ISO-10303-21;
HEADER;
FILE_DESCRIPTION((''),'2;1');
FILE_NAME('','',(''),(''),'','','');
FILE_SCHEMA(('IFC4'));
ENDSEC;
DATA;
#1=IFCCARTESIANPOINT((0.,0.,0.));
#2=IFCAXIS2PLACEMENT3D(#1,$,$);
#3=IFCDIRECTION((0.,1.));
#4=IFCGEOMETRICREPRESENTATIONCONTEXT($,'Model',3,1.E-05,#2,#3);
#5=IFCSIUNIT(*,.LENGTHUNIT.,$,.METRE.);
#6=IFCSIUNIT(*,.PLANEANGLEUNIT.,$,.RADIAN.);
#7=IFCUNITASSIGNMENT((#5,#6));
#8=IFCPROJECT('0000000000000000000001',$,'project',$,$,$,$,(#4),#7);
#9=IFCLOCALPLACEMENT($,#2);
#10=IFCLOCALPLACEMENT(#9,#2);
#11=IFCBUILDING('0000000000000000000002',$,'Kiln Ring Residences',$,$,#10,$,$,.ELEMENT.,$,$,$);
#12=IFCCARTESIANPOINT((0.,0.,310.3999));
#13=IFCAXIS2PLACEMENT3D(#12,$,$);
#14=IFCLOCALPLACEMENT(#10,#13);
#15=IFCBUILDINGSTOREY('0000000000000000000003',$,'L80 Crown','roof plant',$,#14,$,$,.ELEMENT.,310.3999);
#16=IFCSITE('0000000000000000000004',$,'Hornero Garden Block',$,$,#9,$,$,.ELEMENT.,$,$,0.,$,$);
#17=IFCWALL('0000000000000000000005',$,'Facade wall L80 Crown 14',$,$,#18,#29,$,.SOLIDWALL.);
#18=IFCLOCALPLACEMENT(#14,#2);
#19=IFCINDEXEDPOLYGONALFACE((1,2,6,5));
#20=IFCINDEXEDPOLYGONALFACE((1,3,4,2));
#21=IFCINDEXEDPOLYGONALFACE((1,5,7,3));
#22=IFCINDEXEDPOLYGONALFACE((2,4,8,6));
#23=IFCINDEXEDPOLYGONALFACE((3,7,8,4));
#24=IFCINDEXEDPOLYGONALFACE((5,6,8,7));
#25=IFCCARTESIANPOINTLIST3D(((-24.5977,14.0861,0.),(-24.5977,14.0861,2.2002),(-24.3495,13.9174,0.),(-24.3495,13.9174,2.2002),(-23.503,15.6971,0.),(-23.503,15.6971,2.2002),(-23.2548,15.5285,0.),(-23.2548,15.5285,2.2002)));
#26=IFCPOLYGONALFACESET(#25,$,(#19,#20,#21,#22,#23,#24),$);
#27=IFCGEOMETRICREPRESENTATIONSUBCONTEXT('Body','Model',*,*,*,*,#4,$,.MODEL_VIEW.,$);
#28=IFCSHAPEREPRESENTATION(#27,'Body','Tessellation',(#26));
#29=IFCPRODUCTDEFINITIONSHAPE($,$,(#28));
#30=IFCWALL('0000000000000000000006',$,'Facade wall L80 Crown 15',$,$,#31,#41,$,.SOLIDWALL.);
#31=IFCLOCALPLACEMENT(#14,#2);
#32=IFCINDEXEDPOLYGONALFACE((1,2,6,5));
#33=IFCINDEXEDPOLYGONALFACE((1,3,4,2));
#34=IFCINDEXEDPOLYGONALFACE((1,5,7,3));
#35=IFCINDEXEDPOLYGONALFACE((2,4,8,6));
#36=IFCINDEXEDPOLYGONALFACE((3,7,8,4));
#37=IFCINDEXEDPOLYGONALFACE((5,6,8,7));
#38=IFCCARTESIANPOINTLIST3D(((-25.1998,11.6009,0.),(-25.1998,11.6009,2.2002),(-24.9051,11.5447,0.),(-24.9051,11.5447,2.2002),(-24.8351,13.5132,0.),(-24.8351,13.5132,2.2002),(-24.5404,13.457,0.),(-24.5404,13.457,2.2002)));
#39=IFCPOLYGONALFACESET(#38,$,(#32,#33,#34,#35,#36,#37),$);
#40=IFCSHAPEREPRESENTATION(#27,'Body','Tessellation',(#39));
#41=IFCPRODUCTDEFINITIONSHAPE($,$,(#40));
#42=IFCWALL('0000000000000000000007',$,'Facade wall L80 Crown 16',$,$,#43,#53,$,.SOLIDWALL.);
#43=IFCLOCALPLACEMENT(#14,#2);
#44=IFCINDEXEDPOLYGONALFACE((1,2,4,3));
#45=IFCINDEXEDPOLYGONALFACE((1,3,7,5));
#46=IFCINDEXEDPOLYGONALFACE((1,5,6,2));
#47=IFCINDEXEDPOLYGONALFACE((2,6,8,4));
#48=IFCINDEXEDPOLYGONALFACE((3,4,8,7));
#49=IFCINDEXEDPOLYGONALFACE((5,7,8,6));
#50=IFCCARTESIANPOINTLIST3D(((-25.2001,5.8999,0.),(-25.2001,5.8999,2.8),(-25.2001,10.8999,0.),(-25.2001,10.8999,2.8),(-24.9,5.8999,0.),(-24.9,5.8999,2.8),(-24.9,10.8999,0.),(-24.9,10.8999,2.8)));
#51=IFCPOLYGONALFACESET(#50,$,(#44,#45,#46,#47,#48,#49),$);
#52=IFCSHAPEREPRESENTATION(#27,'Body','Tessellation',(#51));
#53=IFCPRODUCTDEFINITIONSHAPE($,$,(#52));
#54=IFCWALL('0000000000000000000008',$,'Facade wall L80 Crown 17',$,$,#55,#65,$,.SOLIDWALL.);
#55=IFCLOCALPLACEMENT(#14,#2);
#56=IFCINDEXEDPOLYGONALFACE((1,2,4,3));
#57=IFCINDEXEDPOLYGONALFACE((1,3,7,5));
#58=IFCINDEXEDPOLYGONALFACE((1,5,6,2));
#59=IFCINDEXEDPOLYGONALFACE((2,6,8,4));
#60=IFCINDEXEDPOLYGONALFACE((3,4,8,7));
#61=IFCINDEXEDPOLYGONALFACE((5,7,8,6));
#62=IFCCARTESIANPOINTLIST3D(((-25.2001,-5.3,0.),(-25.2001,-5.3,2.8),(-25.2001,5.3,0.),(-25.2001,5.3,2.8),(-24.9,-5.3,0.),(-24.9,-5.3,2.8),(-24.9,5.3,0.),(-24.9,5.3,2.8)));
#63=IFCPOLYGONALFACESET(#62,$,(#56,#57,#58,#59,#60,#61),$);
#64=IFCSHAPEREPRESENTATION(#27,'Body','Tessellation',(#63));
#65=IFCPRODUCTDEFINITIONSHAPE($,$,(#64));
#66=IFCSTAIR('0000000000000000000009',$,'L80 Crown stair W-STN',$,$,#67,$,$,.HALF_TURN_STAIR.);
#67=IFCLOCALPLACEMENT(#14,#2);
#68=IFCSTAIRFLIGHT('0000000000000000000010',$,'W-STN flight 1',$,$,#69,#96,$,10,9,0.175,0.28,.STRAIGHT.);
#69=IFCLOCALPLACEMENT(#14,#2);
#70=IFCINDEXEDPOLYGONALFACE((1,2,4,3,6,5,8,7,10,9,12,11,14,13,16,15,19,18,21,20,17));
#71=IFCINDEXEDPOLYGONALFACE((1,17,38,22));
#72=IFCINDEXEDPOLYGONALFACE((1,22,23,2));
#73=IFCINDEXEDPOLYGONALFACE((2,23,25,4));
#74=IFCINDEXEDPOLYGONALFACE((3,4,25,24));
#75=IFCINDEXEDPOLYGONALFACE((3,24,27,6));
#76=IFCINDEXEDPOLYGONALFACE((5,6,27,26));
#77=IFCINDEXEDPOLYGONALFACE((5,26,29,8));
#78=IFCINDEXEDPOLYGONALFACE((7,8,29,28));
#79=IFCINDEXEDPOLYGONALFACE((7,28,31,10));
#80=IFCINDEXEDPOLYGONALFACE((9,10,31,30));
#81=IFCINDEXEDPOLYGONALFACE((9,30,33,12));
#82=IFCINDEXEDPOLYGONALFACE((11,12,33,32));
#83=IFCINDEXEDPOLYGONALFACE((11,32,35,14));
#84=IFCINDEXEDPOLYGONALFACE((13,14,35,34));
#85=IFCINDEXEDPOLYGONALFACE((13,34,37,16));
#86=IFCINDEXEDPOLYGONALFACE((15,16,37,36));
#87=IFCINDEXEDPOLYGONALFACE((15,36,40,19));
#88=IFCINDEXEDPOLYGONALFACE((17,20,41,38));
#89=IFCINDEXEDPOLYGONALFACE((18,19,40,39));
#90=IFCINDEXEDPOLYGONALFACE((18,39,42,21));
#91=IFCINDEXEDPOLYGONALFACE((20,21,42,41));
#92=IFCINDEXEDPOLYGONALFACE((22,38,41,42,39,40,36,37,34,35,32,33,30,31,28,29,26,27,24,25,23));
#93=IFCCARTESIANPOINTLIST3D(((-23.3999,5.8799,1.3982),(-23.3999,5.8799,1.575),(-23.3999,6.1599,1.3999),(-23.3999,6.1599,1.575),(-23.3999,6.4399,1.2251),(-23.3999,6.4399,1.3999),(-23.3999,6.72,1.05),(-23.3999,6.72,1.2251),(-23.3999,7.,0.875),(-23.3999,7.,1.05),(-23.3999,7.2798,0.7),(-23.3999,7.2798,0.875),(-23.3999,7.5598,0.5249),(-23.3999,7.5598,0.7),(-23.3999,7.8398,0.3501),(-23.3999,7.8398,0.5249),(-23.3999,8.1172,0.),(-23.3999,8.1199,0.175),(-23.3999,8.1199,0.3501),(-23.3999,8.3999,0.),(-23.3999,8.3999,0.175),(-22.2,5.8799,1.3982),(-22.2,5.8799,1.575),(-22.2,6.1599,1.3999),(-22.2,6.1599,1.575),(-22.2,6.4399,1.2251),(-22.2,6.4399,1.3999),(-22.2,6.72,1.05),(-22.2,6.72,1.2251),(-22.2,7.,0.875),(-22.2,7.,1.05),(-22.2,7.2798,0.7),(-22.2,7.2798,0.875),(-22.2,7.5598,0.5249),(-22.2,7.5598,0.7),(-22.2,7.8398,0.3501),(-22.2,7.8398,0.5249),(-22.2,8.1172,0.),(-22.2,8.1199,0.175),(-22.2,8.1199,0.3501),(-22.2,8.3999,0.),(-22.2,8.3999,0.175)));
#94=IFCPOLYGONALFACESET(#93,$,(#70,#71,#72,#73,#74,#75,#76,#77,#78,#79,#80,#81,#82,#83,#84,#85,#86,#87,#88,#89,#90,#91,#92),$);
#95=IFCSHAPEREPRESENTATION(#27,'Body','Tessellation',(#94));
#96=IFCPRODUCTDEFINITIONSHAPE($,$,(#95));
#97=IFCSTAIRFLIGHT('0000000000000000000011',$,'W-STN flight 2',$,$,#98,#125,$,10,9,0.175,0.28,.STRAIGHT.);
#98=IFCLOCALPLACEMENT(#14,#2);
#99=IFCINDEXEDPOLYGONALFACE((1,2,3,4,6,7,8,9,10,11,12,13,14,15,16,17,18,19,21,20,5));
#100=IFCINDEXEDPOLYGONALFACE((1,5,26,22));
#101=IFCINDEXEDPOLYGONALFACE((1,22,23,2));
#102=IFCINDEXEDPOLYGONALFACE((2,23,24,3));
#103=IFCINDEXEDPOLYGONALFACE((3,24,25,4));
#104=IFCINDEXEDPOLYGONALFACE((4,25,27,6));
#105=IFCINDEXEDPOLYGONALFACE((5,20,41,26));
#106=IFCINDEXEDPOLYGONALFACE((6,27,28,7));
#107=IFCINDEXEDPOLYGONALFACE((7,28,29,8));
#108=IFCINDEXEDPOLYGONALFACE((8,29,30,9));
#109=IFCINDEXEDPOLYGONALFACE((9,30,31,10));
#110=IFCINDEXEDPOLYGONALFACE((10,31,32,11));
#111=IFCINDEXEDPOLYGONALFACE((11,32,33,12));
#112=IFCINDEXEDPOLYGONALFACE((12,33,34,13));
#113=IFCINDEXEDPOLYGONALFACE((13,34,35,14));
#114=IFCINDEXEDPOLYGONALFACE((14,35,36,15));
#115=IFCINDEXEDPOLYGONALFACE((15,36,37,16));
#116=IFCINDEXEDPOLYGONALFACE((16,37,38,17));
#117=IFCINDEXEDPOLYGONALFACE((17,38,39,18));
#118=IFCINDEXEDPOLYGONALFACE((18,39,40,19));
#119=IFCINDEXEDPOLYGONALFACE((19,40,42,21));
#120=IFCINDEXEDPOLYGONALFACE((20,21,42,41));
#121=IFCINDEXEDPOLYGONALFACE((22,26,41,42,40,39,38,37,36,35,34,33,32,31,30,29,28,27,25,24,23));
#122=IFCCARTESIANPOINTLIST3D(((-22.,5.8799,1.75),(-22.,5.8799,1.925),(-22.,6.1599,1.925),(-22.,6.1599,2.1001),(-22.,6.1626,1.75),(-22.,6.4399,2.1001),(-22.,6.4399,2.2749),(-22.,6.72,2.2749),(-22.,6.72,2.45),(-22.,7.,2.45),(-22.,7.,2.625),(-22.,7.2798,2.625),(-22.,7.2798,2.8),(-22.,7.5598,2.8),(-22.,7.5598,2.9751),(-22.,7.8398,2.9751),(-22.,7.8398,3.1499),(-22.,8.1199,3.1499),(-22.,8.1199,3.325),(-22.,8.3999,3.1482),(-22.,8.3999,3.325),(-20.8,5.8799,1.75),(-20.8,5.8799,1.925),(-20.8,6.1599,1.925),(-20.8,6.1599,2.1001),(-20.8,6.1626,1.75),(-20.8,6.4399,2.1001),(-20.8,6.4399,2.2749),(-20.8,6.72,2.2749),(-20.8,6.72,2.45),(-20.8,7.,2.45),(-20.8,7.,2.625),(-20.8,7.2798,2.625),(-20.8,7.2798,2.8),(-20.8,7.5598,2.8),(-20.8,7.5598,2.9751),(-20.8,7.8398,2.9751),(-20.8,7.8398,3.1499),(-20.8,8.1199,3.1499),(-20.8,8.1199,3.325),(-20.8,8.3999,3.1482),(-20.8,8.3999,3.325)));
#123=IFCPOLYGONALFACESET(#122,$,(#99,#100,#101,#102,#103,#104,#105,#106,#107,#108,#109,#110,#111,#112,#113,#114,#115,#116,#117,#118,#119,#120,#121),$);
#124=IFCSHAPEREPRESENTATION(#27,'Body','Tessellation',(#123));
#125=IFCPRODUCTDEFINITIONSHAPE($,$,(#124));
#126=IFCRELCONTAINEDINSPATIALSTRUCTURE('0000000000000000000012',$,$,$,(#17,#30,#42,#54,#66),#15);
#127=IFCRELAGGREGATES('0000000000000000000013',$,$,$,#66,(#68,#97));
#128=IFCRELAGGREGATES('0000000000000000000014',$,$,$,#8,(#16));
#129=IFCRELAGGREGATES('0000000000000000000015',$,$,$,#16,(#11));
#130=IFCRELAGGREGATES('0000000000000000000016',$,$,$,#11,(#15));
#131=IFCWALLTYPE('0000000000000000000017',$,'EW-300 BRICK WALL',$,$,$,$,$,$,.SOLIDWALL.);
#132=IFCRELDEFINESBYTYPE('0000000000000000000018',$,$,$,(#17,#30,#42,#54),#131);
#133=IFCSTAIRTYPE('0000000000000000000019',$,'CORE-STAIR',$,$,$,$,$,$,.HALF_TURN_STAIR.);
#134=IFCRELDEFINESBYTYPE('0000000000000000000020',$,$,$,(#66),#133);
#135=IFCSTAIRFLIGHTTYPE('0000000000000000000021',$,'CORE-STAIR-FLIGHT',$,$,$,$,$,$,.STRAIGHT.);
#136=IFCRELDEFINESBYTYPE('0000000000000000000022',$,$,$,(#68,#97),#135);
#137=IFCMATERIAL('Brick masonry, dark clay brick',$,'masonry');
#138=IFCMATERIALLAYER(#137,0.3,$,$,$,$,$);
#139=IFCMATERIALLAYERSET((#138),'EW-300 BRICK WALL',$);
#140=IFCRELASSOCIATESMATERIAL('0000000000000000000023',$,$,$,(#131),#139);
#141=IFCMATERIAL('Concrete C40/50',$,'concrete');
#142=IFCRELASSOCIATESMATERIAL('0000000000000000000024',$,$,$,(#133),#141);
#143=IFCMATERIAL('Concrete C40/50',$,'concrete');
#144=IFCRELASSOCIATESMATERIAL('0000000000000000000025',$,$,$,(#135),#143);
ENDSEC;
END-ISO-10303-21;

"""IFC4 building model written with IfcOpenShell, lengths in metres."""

from ifc_helpers import new_model, si_unit, direction, frame, frame_2d, origin, place, context, subcontext, project, spatial, polyline, rectangle, outline, extrude, material, layer, layer_set, type_object, element, aggregate, save


model = new_model("IFC4")

# Units and contexts
model_context = context("Model", 3, precision=1e-05, world=origin(), true_north=direction((0.0, 1.0)))
body_context = subcontext(model_context, "Body", "Model", "MODEL_VIEW")
ifc_project = project(units=[si_unit("LENGTHUNIT", "METRE"), si_unit("PLANEANGLEUNIT", "RADIAN")], contexts=[model_context])

# Site, building, storey
site_placement = place(None, origin())
site = spatial("IfcSite", under=ifc_project, at=site_placement, Name="Hornero Garden Block", CompositionType="ELEMENT", RefElevation=0.0)
building_placement = place(site_placement, origin())
building = spatial("IfcBuilding", under=site, at=building_placement, Name="Kiln Ring Residences", CompositionType="ELEMENT")
storey_placement = place(building_placement, frame((0.0, 0.0, 310.3999)))
storey = spatial("IfcBuildingStorey", under=building, at=storey_placement, Name="L80 Crown", Description="roof plant", CompositionType="ELEMENT", Elevation=310.3999)

# Walls
ifc_material_1 = material(Name="Brick masonry, dark clay brick", Category="masonry")
ifc_layer_1 = layer(ifc_material_1, 0.3)
ifc_layer_set_1 = layer_set([ifc_layer_1], Name="EW-300 BRICK WALL")
wall_type_1 = type_object("IfcWallType", Name="EW-300 BRICK WALL", PredefinedType="SOLIDWALL", material=ifc_layer_set_1)
wall_1_placement = place(storey_placement, frame((-23.3789, 15.6128, 0.0), z_axis=(0.0, 0.0, 1.0), x_axis=(-0.562025, -0.82712, 0.0)))
element("IfcWall", 1, at=wall_1_placement, inside=storey, type_object=wall_type_1, Name="Facade wall L80 Crown 14", PredefinedType="SOLIDWALL", context=body_context, shape_type="SweptSolid", body=[
    extrude(rectangle(XDim=1.9478, YDim=0.3, at=frame_2d((0.9739, 0.0))), origin(), (0.0, 0.0, 1.0), 2.2002),
])
wall_2_placement = place(storey_placement, frame((-24.6877, 13.4851, 0.0), z_axis=(0.0, 0.0, 1.0), x_axis=(-0.187354, -0.982292, 0.0)))
element("IfcWall", 2, at=wall_2_placement, inside=storey, type_object=wall_type_1, Name="Facade wall L80 Crown 15", PredefinedType="SOLIDWALL", context=body_context, shape_type="SweptSolid", body=[
    extrude(rectangle(XDim=1.9468, YDim=0.3, at=frame_2d((0.9734, 0.0))), origin(), (0.0, 0.0, 1.0), 2.2002),
])
wall_3_placement = place(storey_placement, frame((-25.05, 10.8999, 0.0), z_axis=(0.0, 0.0, 1.0), x_axis=(0.0, -1.0, 0.0)))
element("IfcWall", 3, at=wall_3_placement, inside=storey, type_object=wall_type_1, Name="Facade wall L80 Crown 16", PredefinedType="SOLIDWALL", context=body_context, shape_type="SweptSolid", body=[
    extrude(rectangle(XDim=5.0, YDim=0.3, at=frame_2d((2.5, 0.0))), origin(), (0.0, 0.0, 1.0), 2.8),
])
wall_4_placement = place(storey_placement, frame((-25.05, 5.3, 0.0), z_axis=(0.0, 0.0, 1.0), x_axis=(0.0, -1.0, 0.0)))
element("IfcWall", 4, at=wall_4_placement, inside=storey, type_object=wall_type_1, Name="Facade wall L80 Crown 17", PredefinedType="SOLIDWALL", context=body_context, shape_type="SweptSolid", body=[
    extrude(rectangle(XDim=10.6001, YDim=0.3, at=frame_2d((5.3, 0.0))), origin(), (0.0, 0.0, 1.0), 2.8),
])

# Stair, stair flights
ifc_material_2 = material(Name="Concrete C40/50", Category="concrete")
stair_type = type_object("IfcStairType", Name="CORE-STAIR", PredefinedType="HALF_TURN_STAIR", material=ifc_material_2)
stair_placement = place(storey_placement, origin())
stair = element("IfcStair", 5, at=stair_placement, inside=storey, type_object=stair_type, Name="L80 Crown stair W-STN", PredefinedType="HALF_TURN_STAIR")
ifc_material_3 = material(Name="Concrete C40/50", Category="concrete")
stair_flight_type = type_object("IfcStairFlightType", Name="CORE-STAIR-FLIGHT", PredefinedType="STRAIGHT", material=ifc_material_3)
stair_flight_1_placement = place(storey_placement, frame((-22.8, 8.3999, 0.0), z_axis=(0.0, 0.0, 1.0), x_axis=(0.0, -1.0, 0.0)))
stair_flight_1 = element("IfcStairFlight", 6, at=stair_flight_1_placement, type_object=stair_flight_type, Name="W-STN flight 1", NumberOfRisers=10, NumberOfTreads=9, PredefinedType="STRAIGHT", RiserHeight=0.175, TreadLength=0.28, context=body_context, shape_type="SweptSolid", body=[
    extrude(outline(polyline([(0.0, 0.0), (0.0, 0.175), (0.28, 0.175), (0.28, 0.3501), (0.5601, 0.3501), (0.5601, 0.5249), (0.8401, 0.5249), (0.8401, 0.7), (1.1201, 0.7), (1.1201, 0.875), (1.3999, 0.875), (1.3999, 1.05), (1.6799, 1.05), (1.6799, 1.2251), (1.96, 1.2251), (1.96, 1.3999), (2.24, 1.3999), (2.24, 1.575), (2.52, 1.575), (2.52, 1.75), (2.52, 1.3982), (0.2827, 0.0), (0.0, 0.0)])), frame((0.0, 0.6001, 0.0), z_axis=(0.0, -1.0, 0.0), x_axis=(1.0, 0.0, 0.0)), (0.0, 0.0, 1.0), 1.2),
])
stair_flight_2_placement = place(storey_placement, frame((-21.3999, 5.8799, 1.75), z_axis=(0.0, 0.0, 1.0), x_axis=(0.0, 1.0, 0.0)))
stair_flight_2 = element("IfcStairFlight", 7, at=stair_flight_2_placement, type_object=stair_flight_type, Name="W-STN flight 2", NumberOfRisers=10, NumberOfTreads=9, PredefinedType="STRAIGHT", RiserHeight=0.175, TreadLength=0.28, context=body_context, shape_type="SweptSolid", body=[
    extrude(outline(polyline([(0.0, 0.0), (0.0, 0.175), (0.28, 0.175), (0.28, 0.3501), (0.5601, 0.3501), (0.5601, 0.5249), (0.8401, 0.5249), (0.8401, 0.7), (1.1201, 0.7), (1.1201, 0.875), (1.3999, 0.875), (1.3999, 1.05), (1.6799, 1.05), (1.6799, 1.2251), (1.96, 1.2251), (1.96, 1.3999), (2.24, 1.3999), (2.24, 1.575), (2.52, 1.575), (2.52, 1.75), (2.52, 1.3982), (0.2827, 0.0), (0.0, 0.0)])), frame((0.0, 0.6001, 0.0), z_axis=(0.0, -1.0, 0.0), x_axis=(1.0, 0.0, 0.0)), (0.0, 0.0, 1.0), 1.2),
])
aggregate(stair, [stair_flight_1, stair_flight_2])

save(model, "model.ifc")
